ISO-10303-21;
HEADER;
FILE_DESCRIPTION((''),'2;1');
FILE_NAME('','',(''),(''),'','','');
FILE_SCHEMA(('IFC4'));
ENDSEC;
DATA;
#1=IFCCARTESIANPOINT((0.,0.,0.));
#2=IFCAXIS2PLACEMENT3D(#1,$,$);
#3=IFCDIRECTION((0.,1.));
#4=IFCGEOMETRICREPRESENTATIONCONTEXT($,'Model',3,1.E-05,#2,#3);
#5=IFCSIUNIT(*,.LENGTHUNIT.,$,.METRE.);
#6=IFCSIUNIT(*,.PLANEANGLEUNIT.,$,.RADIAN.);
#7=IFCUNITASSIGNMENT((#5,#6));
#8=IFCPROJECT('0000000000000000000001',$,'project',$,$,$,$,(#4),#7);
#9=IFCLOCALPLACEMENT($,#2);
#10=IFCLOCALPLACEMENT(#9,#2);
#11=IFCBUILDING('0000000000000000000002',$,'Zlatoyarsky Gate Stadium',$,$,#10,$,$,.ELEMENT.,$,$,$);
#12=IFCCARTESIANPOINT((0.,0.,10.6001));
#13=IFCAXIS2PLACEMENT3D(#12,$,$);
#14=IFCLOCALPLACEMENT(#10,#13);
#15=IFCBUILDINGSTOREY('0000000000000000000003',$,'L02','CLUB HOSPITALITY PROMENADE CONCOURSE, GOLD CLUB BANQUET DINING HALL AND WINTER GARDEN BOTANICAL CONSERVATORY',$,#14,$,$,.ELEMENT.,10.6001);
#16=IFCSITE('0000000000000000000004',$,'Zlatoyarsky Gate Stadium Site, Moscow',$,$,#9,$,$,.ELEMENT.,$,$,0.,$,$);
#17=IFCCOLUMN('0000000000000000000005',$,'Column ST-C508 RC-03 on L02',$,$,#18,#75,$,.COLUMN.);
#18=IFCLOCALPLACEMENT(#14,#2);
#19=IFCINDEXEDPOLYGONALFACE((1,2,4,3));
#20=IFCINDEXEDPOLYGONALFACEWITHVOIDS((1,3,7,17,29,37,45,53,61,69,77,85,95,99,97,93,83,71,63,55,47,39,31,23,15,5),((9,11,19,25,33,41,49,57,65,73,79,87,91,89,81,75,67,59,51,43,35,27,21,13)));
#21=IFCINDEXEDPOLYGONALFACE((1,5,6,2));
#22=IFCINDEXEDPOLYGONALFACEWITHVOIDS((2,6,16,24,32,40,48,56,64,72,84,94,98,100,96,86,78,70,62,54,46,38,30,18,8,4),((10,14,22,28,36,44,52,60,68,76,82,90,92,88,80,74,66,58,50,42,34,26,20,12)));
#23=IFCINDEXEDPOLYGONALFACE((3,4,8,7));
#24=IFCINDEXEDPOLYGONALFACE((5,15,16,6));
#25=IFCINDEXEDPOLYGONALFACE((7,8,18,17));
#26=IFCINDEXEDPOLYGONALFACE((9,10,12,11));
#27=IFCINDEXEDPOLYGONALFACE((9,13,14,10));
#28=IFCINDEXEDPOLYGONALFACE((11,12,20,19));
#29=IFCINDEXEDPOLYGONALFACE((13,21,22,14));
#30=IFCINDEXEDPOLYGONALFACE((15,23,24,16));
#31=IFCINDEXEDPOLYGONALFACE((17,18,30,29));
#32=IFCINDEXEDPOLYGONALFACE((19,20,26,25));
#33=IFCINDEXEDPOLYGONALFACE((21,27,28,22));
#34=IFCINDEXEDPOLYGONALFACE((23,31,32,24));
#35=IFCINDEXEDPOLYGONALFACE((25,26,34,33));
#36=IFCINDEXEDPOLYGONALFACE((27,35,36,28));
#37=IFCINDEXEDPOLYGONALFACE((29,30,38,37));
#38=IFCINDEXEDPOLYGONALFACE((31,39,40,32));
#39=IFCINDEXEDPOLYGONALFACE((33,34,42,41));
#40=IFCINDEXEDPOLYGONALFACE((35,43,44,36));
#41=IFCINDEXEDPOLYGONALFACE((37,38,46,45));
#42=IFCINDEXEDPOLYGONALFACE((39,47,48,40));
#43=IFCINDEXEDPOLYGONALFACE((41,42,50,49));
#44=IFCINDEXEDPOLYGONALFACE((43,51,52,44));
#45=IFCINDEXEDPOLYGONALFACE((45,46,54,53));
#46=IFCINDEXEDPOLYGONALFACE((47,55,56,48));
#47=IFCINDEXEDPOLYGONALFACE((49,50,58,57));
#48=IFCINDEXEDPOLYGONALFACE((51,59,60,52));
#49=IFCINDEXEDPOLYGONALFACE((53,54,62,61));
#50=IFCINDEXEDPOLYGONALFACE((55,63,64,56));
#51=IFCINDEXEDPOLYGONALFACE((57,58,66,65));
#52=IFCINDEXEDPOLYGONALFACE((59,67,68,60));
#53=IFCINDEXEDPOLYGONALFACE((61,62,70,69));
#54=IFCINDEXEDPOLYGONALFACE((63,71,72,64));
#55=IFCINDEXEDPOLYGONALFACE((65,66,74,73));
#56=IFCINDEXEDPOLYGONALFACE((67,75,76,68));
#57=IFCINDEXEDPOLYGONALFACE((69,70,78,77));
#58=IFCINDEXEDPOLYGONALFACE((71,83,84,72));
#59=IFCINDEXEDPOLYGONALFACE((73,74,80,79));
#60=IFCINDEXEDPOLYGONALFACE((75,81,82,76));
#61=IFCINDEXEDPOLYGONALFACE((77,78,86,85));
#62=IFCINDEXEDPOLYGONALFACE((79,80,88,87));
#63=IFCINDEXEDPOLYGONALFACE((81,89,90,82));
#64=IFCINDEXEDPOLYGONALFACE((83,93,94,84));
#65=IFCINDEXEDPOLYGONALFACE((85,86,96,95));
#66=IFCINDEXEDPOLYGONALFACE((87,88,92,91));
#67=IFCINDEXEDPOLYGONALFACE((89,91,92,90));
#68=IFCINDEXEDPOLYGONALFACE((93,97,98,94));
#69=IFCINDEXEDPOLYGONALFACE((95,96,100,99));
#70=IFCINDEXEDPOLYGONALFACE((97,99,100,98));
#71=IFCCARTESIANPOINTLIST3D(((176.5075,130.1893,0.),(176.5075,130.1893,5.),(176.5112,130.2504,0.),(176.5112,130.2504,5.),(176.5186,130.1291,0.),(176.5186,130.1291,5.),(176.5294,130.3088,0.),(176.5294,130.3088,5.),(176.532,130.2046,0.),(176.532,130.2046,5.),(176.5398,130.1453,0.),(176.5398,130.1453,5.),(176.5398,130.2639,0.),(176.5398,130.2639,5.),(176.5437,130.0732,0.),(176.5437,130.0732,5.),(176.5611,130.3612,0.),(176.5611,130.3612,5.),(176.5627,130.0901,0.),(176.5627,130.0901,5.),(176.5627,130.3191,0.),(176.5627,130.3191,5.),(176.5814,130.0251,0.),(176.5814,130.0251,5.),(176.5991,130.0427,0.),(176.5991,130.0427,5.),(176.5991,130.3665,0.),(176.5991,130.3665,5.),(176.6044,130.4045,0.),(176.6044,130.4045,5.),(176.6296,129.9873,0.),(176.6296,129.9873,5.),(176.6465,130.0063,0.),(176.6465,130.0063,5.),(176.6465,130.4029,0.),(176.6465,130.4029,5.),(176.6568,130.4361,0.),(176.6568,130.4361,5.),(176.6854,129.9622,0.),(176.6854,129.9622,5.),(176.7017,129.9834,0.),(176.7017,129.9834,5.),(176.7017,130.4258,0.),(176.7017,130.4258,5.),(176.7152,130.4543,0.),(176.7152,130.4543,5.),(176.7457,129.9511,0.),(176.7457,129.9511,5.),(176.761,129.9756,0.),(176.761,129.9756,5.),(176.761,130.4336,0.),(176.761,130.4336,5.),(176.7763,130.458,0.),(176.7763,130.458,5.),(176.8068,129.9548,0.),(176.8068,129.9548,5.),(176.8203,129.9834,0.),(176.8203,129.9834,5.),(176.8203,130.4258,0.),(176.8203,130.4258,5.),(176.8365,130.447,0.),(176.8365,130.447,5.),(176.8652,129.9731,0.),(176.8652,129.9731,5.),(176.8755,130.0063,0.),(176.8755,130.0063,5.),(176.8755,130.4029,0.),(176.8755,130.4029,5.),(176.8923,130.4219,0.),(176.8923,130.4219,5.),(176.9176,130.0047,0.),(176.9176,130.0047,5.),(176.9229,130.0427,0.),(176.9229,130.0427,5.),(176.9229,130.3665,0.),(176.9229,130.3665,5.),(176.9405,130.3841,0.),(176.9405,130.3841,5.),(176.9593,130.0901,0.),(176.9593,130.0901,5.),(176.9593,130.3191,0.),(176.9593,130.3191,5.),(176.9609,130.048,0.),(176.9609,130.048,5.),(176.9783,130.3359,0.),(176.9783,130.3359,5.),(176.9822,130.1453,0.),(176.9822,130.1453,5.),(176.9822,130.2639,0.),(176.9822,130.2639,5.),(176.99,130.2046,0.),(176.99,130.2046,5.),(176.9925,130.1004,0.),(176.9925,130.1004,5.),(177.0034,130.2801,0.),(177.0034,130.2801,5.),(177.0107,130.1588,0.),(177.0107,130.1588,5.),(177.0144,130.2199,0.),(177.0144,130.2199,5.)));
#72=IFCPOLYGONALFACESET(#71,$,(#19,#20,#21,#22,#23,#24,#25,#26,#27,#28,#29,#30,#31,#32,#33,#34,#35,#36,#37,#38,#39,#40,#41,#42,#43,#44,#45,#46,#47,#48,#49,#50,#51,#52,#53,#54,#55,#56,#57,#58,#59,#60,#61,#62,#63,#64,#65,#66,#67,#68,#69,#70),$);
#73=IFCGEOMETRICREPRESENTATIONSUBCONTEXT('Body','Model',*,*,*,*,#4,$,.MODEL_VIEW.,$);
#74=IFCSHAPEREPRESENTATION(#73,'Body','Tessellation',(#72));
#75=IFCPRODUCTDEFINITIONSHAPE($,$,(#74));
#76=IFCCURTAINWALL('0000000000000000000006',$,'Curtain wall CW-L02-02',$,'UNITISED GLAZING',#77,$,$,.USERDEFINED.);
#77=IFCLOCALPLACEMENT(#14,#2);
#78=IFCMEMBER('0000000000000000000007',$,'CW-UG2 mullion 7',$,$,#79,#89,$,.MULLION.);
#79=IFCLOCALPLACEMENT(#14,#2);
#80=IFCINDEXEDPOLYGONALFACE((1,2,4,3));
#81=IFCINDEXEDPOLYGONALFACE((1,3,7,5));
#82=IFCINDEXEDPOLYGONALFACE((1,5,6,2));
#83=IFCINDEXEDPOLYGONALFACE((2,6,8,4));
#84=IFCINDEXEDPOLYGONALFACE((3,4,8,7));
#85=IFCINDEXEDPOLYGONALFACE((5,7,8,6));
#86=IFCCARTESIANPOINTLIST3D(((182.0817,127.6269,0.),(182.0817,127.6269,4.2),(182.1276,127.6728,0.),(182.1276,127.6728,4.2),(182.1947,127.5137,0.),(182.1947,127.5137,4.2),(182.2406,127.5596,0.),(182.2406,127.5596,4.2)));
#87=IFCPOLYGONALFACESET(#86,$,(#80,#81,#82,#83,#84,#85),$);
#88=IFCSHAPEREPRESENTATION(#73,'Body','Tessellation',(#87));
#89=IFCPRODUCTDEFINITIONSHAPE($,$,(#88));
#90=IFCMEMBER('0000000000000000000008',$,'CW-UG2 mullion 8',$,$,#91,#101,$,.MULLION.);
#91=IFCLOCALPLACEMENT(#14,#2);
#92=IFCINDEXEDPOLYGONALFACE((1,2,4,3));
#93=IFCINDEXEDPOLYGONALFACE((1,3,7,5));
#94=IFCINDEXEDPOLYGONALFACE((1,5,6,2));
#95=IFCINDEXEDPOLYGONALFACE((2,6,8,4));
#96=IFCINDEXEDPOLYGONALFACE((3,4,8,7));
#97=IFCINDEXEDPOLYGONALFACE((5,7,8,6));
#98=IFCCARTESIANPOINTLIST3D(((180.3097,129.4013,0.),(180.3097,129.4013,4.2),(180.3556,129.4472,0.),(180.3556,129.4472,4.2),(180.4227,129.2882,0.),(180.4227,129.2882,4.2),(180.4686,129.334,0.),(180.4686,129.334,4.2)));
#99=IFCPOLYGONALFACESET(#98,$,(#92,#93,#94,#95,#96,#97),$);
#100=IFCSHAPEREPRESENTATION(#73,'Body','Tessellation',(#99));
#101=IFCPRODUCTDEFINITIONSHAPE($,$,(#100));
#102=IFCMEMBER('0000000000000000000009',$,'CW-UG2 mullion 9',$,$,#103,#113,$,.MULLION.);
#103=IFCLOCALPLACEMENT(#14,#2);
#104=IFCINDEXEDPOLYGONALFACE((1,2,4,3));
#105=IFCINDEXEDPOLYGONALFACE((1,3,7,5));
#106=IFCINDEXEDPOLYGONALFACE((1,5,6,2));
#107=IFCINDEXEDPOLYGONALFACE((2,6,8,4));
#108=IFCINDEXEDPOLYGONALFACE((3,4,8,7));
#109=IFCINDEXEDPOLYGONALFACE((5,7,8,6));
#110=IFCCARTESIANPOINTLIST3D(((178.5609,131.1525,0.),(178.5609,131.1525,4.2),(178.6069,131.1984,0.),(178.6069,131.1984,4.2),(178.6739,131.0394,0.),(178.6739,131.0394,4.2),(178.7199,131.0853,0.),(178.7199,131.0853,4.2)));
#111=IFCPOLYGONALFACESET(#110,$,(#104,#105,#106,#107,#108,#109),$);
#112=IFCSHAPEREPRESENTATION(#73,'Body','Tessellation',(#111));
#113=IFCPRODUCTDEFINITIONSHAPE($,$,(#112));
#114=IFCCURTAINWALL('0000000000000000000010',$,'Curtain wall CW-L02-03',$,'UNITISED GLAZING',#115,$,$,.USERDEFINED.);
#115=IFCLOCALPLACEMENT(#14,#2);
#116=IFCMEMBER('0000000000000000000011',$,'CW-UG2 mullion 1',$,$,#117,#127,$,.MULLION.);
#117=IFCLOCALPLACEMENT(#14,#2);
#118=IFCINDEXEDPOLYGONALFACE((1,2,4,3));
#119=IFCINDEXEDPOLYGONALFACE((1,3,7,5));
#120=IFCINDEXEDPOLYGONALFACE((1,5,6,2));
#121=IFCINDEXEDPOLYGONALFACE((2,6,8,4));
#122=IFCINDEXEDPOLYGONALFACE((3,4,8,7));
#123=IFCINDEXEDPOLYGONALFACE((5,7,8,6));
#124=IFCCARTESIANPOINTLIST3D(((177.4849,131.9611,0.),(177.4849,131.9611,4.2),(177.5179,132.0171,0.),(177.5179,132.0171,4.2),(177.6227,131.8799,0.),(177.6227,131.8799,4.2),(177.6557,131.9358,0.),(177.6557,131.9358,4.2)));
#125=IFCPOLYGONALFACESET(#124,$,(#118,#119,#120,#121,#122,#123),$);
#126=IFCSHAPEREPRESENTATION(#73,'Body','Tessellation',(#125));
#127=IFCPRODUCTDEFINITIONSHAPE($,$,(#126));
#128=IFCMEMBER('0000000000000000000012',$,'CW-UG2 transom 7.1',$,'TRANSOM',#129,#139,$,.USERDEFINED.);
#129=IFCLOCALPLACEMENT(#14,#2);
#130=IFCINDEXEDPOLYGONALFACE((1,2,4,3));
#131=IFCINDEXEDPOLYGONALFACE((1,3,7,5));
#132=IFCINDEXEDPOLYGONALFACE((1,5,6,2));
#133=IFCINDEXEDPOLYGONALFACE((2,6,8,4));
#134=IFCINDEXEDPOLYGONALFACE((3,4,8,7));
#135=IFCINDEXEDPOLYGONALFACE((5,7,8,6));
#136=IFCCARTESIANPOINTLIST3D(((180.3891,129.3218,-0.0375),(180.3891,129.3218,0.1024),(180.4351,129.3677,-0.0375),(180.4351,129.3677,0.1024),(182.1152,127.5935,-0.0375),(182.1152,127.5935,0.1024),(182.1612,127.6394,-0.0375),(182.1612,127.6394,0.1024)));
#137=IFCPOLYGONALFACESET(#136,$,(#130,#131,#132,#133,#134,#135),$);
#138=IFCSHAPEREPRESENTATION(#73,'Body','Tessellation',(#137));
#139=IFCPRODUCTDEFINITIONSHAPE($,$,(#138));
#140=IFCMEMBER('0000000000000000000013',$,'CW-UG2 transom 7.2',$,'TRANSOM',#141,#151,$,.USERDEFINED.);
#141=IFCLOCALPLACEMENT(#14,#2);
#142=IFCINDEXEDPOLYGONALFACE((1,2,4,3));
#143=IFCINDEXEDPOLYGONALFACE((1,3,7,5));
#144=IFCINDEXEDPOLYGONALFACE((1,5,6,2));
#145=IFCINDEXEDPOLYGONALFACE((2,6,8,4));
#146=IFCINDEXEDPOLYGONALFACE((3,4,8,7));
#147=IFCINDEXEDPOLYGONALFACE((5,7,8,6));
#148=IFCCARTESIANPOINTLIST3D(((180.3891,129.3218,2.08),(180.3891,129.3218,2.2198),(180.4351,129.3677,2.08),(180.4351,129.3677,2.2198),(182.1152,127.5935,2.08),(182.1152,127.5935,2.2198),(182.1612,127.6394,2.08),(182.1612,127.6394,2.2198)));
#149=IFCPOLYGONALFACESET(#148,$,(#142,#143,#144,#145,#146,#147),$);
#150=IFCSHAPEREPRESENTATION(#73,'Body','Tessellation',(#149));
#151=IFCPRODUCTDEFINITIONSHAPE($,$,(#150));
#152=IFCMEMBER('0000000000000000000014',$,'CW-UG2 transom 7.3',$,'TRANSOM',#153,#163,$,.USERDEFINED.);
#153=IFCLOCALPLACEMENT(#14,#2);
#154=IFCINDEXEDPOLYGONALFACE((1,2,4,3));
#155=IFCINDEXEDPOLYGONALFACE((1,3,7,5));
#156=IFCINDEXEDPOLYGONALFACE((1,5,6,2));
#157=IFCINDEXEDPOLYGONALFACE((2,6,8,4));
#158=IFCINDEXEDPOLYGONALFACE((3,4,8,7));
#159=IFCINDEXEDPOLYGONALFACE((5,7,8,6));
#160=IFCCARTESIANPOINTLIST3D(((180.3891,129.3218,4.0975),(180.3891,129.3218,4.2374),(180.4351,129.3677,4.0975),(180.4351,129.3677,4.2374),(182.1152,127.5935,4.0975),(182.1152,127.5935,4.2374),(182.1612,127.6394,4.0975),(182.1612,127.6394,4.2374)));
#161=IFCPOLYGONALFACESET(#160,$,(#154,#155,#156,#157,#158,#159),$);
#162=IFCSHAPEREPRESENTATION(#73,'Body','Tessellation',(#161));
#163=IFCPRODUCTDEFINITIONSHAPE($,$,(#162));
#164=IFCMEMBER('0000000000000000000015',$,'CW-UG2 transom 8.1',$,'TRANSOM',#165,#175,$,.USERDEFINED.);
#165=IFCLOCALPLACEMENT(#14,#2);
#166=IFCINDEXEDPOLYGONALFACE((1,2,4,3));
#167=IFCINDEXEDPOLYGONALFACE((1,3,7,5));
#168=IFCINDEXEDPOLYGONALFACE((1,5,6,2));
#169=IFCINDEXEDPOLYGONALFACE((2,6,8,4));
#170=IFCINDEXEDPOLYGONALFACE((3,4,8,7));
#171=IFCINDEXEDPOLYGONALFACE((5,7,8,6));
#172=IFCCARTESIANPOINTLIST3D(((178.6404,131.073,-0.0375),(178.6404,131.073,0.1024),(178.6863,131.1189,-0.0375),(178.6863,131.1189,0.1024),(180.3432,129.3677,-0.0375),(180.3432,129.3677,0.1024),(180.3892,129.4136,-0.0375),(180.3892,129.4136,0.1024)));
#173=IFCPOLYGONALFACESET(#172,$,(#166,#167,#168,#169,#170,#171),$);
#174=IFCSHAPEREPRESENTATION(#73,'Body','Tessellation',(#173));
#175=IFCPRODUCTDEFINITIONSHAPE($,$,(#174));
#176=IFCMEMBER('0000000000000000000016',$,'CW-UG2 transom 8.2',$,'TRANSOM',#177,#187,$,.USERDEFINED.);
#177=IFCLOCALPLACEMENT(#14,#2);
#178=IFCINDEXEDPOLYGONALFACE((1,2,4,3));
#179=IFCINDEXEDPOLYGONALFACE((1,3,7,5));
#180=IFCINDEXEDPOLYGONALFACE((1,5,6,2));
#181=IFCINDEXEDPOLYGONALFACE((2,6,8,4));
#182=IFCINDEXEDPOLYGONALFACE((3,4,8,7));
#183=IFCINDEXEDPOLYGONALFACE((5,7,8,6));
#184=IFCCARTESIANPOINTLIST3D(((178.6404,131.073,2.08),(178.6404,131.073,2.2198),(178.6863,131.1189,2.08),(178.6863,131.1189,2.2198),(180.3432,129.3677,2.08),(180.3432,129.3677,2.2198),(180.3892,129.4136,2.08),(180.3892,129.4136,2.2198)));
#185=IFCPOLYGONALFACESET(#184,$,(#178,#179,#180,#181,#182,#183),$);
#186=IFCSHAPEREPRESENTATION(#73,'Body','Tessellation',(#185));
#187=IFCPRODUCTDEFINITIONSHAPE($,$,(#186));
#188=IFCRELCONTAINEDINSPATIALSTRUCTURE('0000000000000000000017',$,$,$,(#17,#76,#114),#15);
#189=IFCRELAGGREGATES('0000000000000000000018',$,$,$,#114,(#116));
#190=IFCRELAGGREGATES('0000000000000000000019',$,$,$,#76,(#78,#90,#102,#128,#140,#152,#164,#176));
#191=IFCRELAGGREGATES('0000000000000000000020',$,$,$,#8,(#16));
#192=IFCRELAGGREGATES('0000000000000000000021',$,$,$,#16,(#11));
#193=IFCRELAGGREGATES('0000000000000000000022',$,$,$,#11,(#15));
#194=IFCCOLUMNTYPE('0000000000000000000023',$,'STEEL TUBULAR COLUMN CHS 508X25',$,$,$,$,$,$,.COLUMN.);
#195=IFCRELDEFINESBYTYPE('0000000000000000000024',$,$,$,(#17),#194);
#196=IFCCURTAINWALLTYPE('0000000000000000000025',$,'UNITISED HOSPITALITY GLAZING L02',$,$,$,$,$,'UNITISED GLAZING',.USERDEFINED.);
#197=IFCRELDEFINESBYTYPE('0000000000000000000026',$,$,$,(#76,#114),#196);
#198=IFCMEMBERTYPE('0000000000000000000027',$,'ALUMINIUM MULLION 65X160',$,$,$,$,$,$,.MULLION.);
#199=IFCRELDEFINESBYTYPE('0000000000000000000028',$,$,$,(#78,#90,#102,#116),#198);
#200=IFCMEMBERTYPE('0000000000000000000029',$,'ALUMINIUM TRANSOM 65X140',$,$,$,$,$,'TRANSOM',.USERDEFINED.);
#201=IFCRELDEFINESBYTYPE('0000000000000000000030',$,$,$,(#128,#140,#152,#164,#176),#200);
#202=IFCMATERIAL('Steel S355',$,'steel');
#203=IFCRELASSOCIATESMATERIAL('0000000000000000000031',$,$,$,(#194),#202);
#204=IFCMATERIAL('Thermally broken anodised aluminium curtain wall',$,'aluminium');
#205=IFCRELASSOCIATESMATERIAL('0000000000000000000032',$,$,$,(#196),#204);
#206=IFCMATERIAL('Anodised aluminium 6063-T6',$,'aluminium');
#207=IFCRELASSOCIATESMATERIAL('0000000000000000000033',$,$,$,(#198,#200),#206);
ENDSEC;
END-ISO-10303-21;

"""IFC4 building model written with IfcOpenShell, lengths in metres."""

from ifc_helpers import new_model, si_unit, direction, frame, origin, origin_2d, place, context, subcontext, project, spatial, rectangle, hollow_circle, extrude, material, material_profile, profile_set, type_object, element, aggregate, save


model = new_model("IFC4")

# Units and contexts
model_context = context("Model", 3, precision=1e-05, world=origin(), true_north=direction((0.0, 1.0)))
body_context = subcontext(model_context, "Body", "Model", "MODEL_VIEW")
ifc_project = project(units=[si_unit("LENGTHUNIT", "METRE"), si_unit("PLANEANGLEUNIT", "RADIAN")], contexts=[model_context])

# Site, building, storey
site_placement = place(None, origin())
site = spatial("IfcSite", under=ifc_project, at=site_placement, Name="Zlatoyarsky Gate Stadium Site, Moscow", CompositionType="ELEMENT", RefElevation=0.0)
building_placement = place(site_placement, origin())
building = spatial("IfcBuilding", under=site, at=building_placement, Name="Zlatoyarsky Gate Stadium", CompositionType="ELEMENT")
storey_placement = place(building_placement, frame((0.0, 0.0, 10.6001)))
storey = spatial("IfcBuildingStorey", under=building, at=storey_placement, Name="L02", Description="CLUB HOSPITALITY PROMENADE CONCOURSE, GOLD CLUB BANQUET DINING HALL AND WINTER GARDEN BOTANICAL CONSERVATORY", CompositionType="ELEMENT", Elevation=10.6001)

# Column
ifc_material_1 = material(Name="Steel S355", Category="steel")
ifc_material_profile_1 = material_profile(ifc_material_1, hollow_circle(Radius=0.2539, WallThickness=0.0249, at=origin_2d()), Name="CHS 508X25")
ifc_profile_set_1 = profile_set([ifc_material_profile_1], Name="Steel S355")
column_type = type_object("IfcColumnType", Name="STEEL TUBULAR COLUMN CHS 508X25", PredefinedType="COLUMN", material=ifc_profile_set_1)
column_placement = place(storey_placement, frame((176.761, 130.2046, 0.0), z_axis=(0.0, 0.0, 1.0), x_axis=(0.707107, 0.707107, 0.0)))
element("IfcColumn", 1, at=column_placement, inside=storey, type_object=column_type, Name="Column ST-C508 RC-03 on L02", PredefinedType="COLUMN", context=body_context, shape_type="SweptSolid", body=[
    extrude(hollow_circle(Radius=0.2539, WallThickness=0.0249, at=origin_2d()), origin(), (0.0, 0.0, 1.0), 5.0),
])

# Curtain wall, members
ifc_material_2 = material(Name="Thermally broken anodised aluminium curtain wall", Category="aluminium")
curtain_wall_type = type_object("IfcCurtainWallType", Name="UNITISED HOSPITALITY GLAZING L02", ElementType="UNITISED GLAZING", PredefinedType="USERDEFINED", material=ifc_material_2)
curtain_wall_1_placement = place(storey_placement, origin())
curtain_wall_1 = element("IfcCurtainWall", 2, at=curtain_wall_1_placement, inside=storey, type_object=curtain_wall_type, Name="Curtain wall CW-L02-02", ObjectType="UNITISED GLAZING", PredefinedType="USERDEFINED")
ifc_material_3 = material(Name="Anodised aluminium 6063-T6", Category="aluminium")
ifc_material_profile_2 = material_profile(ifc_material_3, rectangle(XDim=0.0649, YDim=0.1599, at=origin_2d()), Name="ALU 65X160")
ifc_profile_set_2 = profile_set([ifc_material_profile_2], Name="Anodised aluminium 6063-T6")
member_type_1 = type_object("IfcMemberType", Name="ALUMINIUM MULLION 65X160", PredefinedType="MULLION", material=ifc_profile_set_2)
member_1_placement = place(storey_placement, frame((182.1611, 127.5933, 0.0), z_axis=(0.0, 0.0, 1.0), x_axis=(-0.707588, -0.706626, 0.0)))
member_1 = element("IfcMember", 3, at=member_1_placement, type_object=member_type_1, Name="CW-UG2 mullion 7", PredefinedType="MULLION", context=body_context, shape_type="SweptSolid", body=[
    extrude(rectangle(XDim=0.0649, YDim=0.1599, at=origin_2d()), origin(), (0.0, 0.0, 1.0), 4.2),
])
member_2_placement = place(storey_placement, frame((180.3892, 129.3677, 0.0), z_axis=(0.0, 0.0, 1.0), x_axis=(-0.707588, -0.706626, 0.0)))
member_2 = element("IfcMember", 4, at=member_2_placement, type_object=member_type_1, Name="CW-UG2 mullion 8", PredefinedType="MULLION", context=body_context, shape_type="SweptSolid", body=[
    extrude(rectangle(XDim=0.0649, YDim=0.1599, at=origin_2d()), origin(), (0.0, 0.0, 1.0), 4.2),
])
member_3_placement = place(storey_placement, frame((178.6404, 131.1189, 0.0), z_axis=(0.0, 0.0, 1.0), x_axis=(-0.707588, -0.706626, 0.0)))
member_3 = element("IfcMember", 5, at=member_3_placement, type_object=member_type_1, Name="CW-UG2 mullion 9", PredefinedType="MULLION", context=body_context, shape_type="SweptSolid", body=[
    extrude(rectangle(XDim=0.0649, YDim=0.1599, at=origin_2d()), origin(), (0.0, 0.0, 1.0), 4.2),
])

# Curtain wall, member
curtain_wall_2_placement = place(storey_placement, origin())
curtain_wall_2 = element("IfcCurtainWall", 6, at=curtain_wall_2_placement, inside=storey, type_object=curtain_wall_type, Name="Curtain wall CW-L02-03", ObjectType="UNITISED GLAZING", PredefinedType="USERDEFINED")
member_4_placement = place(storey_placement, frame((177.5703, 131.9485, 0.0), z_axis=(0.0, 0.0, 1.0), x_axis=(-0.507884, -0.861425, 0.0)))
member_4 = element("IfcMember", 7, at=member_4_placement, type_object=member_type_1, Name="CW-UG2 mullion 1", PredefinedType="MULLION", context=body_context, shape_type="SweptSolid", body=[
    extrude(rectangle(XDim=0.0649, YDim=0.1599, at=origin_2d()), origin(), (0.0, 0.0, 1.0), 4.2),
])

# Members
ifc_material_profile_3 = material_profile(ifc_material_3, rectangle(XDim=0.0649, YDim=0.1399, at=origin_2d()), Name="ALU 65X140")
ifc_profile_set_3 = profile_set([ifc_material_profile_3], Name="Anodised aluminium 6063-T6")
member_type_2 = type_object("IfcMemberType", Name="ALUMINIUM TRANSOM 65X140", ElementType="TRANSOM", PredefinedType="USERDEFINED", material=ifc_profile_set_3)
member_5_placement = place(storey_placement, frame((182.1382, 127.6165, 0.0325), z_axis=(-0.706657, 0.707556, 0.0), x_axis=(-0.707556, -0.706657, 0.0)))
member_5 = element("IfcMember", 8, at=member_5_placement, type_object=member_type_2, Name="CW-UG2 transom 7.1", ObjectType="TRANSOM", PredefinedType="USERDEFINED", context=body_context, shape_type="SweptSolid", body=[
    extrude(rectangle(XDim=0.0649, YDim=0.1399, at=origin_2d()), origin(), (0.0, 0.0, 1.0), 2.4426),
])
member_6_placement = place(storey_placement, frame((182.1382, 127.6165, 2.1499), z_axis=(-0.706657, 0.707556, 0.0), x_axis=(-0.707556, -0.706657, 0.0)))
member_6 = element("IfcMember", 9, at=member_6_placement, type_object=member_type_2, Name="CW-UG2 transom 7.2", ObjectType="TRANSOM", PredefinedType="USERDEFINED", context=body_context, shape_type="SweptSolid", body=[
    extrude(rectangle(XDim=0.0649, YDim=0.1399, at=origin_2d()), origin(), (0.0, 0.0, 1.0), 2.4426),
])
member_7_placement = place(storey_placement, frame((182.1382, 127.6165, 4.1675), z_axis=(-0.706657, 0.707556, 0.0), x_axis=(-0.707556, -0.706657, 0.0)))
member_7 = element("IfcMember", 10, at=member_7_placement, type_object=member_type_2, Name="CW-UG2 transom 7.3", ObjectType="TRANSOM", PredefinedType="USERDEFINED", context=body_context, shape_type="SweptSolid", body=[
    extrude(rectangle(XDim=0.0649, YDim=0.1399, at=origin_2d()), origin(), (0.0, 0.0, 1.0), 2.4426),
])
member_8_placement = place(storey_placement, frame((180.3662, 129.3906, 0.0325), z_axis=(-0.7066, 0.707613, 0.0), x_axis=(-0.707613, -0.7066, 0.0)))
member_8 = element("IfcMember", 11, at=member_8_placement, type_object=member_type_2, Name="CW-UG2 transom 8.1", ObjectType="TRANSOM", PredefinedType="USERDEFINED", context=body_context, shape_type="SweptSolid", body=[
    extrude(rectangle(XDim=0.0649, YDim=0.1399, at=origin_2d()), origin(), (0.0, 0.0, 1.0), 2.4099),
])
member_9_placement = place(storey_placement, frame((180.3662, 129.3906, 2.1499), z_axis=(-0.7066, 0.707613, 0.0), x_axis=(-0.707613, -0.7066, 0.0)))
member_9 = element("IfcMember", 12, at=member_9_placement, type_object=member_type_2, Name="CW-UG2 transom 8.2", ObjectType="TRANSOM", PredefinedType="USERDEFINED", context=body_context, shape_type="SweptSolid", body=[
    extrude(rectangle(XDim=0.0649, YDim=0.1399, at=origin_2d()), origin(), (0.0, 0.0, 1.0), 2.4099),
])
aggregate(curtain_wall_2, [member_4])

aggregate(curtain_wall_1, [member_1, member_2, member_3, member_5, member_6, member_7, member_8, member_9])

save(model, "model.ifc")
